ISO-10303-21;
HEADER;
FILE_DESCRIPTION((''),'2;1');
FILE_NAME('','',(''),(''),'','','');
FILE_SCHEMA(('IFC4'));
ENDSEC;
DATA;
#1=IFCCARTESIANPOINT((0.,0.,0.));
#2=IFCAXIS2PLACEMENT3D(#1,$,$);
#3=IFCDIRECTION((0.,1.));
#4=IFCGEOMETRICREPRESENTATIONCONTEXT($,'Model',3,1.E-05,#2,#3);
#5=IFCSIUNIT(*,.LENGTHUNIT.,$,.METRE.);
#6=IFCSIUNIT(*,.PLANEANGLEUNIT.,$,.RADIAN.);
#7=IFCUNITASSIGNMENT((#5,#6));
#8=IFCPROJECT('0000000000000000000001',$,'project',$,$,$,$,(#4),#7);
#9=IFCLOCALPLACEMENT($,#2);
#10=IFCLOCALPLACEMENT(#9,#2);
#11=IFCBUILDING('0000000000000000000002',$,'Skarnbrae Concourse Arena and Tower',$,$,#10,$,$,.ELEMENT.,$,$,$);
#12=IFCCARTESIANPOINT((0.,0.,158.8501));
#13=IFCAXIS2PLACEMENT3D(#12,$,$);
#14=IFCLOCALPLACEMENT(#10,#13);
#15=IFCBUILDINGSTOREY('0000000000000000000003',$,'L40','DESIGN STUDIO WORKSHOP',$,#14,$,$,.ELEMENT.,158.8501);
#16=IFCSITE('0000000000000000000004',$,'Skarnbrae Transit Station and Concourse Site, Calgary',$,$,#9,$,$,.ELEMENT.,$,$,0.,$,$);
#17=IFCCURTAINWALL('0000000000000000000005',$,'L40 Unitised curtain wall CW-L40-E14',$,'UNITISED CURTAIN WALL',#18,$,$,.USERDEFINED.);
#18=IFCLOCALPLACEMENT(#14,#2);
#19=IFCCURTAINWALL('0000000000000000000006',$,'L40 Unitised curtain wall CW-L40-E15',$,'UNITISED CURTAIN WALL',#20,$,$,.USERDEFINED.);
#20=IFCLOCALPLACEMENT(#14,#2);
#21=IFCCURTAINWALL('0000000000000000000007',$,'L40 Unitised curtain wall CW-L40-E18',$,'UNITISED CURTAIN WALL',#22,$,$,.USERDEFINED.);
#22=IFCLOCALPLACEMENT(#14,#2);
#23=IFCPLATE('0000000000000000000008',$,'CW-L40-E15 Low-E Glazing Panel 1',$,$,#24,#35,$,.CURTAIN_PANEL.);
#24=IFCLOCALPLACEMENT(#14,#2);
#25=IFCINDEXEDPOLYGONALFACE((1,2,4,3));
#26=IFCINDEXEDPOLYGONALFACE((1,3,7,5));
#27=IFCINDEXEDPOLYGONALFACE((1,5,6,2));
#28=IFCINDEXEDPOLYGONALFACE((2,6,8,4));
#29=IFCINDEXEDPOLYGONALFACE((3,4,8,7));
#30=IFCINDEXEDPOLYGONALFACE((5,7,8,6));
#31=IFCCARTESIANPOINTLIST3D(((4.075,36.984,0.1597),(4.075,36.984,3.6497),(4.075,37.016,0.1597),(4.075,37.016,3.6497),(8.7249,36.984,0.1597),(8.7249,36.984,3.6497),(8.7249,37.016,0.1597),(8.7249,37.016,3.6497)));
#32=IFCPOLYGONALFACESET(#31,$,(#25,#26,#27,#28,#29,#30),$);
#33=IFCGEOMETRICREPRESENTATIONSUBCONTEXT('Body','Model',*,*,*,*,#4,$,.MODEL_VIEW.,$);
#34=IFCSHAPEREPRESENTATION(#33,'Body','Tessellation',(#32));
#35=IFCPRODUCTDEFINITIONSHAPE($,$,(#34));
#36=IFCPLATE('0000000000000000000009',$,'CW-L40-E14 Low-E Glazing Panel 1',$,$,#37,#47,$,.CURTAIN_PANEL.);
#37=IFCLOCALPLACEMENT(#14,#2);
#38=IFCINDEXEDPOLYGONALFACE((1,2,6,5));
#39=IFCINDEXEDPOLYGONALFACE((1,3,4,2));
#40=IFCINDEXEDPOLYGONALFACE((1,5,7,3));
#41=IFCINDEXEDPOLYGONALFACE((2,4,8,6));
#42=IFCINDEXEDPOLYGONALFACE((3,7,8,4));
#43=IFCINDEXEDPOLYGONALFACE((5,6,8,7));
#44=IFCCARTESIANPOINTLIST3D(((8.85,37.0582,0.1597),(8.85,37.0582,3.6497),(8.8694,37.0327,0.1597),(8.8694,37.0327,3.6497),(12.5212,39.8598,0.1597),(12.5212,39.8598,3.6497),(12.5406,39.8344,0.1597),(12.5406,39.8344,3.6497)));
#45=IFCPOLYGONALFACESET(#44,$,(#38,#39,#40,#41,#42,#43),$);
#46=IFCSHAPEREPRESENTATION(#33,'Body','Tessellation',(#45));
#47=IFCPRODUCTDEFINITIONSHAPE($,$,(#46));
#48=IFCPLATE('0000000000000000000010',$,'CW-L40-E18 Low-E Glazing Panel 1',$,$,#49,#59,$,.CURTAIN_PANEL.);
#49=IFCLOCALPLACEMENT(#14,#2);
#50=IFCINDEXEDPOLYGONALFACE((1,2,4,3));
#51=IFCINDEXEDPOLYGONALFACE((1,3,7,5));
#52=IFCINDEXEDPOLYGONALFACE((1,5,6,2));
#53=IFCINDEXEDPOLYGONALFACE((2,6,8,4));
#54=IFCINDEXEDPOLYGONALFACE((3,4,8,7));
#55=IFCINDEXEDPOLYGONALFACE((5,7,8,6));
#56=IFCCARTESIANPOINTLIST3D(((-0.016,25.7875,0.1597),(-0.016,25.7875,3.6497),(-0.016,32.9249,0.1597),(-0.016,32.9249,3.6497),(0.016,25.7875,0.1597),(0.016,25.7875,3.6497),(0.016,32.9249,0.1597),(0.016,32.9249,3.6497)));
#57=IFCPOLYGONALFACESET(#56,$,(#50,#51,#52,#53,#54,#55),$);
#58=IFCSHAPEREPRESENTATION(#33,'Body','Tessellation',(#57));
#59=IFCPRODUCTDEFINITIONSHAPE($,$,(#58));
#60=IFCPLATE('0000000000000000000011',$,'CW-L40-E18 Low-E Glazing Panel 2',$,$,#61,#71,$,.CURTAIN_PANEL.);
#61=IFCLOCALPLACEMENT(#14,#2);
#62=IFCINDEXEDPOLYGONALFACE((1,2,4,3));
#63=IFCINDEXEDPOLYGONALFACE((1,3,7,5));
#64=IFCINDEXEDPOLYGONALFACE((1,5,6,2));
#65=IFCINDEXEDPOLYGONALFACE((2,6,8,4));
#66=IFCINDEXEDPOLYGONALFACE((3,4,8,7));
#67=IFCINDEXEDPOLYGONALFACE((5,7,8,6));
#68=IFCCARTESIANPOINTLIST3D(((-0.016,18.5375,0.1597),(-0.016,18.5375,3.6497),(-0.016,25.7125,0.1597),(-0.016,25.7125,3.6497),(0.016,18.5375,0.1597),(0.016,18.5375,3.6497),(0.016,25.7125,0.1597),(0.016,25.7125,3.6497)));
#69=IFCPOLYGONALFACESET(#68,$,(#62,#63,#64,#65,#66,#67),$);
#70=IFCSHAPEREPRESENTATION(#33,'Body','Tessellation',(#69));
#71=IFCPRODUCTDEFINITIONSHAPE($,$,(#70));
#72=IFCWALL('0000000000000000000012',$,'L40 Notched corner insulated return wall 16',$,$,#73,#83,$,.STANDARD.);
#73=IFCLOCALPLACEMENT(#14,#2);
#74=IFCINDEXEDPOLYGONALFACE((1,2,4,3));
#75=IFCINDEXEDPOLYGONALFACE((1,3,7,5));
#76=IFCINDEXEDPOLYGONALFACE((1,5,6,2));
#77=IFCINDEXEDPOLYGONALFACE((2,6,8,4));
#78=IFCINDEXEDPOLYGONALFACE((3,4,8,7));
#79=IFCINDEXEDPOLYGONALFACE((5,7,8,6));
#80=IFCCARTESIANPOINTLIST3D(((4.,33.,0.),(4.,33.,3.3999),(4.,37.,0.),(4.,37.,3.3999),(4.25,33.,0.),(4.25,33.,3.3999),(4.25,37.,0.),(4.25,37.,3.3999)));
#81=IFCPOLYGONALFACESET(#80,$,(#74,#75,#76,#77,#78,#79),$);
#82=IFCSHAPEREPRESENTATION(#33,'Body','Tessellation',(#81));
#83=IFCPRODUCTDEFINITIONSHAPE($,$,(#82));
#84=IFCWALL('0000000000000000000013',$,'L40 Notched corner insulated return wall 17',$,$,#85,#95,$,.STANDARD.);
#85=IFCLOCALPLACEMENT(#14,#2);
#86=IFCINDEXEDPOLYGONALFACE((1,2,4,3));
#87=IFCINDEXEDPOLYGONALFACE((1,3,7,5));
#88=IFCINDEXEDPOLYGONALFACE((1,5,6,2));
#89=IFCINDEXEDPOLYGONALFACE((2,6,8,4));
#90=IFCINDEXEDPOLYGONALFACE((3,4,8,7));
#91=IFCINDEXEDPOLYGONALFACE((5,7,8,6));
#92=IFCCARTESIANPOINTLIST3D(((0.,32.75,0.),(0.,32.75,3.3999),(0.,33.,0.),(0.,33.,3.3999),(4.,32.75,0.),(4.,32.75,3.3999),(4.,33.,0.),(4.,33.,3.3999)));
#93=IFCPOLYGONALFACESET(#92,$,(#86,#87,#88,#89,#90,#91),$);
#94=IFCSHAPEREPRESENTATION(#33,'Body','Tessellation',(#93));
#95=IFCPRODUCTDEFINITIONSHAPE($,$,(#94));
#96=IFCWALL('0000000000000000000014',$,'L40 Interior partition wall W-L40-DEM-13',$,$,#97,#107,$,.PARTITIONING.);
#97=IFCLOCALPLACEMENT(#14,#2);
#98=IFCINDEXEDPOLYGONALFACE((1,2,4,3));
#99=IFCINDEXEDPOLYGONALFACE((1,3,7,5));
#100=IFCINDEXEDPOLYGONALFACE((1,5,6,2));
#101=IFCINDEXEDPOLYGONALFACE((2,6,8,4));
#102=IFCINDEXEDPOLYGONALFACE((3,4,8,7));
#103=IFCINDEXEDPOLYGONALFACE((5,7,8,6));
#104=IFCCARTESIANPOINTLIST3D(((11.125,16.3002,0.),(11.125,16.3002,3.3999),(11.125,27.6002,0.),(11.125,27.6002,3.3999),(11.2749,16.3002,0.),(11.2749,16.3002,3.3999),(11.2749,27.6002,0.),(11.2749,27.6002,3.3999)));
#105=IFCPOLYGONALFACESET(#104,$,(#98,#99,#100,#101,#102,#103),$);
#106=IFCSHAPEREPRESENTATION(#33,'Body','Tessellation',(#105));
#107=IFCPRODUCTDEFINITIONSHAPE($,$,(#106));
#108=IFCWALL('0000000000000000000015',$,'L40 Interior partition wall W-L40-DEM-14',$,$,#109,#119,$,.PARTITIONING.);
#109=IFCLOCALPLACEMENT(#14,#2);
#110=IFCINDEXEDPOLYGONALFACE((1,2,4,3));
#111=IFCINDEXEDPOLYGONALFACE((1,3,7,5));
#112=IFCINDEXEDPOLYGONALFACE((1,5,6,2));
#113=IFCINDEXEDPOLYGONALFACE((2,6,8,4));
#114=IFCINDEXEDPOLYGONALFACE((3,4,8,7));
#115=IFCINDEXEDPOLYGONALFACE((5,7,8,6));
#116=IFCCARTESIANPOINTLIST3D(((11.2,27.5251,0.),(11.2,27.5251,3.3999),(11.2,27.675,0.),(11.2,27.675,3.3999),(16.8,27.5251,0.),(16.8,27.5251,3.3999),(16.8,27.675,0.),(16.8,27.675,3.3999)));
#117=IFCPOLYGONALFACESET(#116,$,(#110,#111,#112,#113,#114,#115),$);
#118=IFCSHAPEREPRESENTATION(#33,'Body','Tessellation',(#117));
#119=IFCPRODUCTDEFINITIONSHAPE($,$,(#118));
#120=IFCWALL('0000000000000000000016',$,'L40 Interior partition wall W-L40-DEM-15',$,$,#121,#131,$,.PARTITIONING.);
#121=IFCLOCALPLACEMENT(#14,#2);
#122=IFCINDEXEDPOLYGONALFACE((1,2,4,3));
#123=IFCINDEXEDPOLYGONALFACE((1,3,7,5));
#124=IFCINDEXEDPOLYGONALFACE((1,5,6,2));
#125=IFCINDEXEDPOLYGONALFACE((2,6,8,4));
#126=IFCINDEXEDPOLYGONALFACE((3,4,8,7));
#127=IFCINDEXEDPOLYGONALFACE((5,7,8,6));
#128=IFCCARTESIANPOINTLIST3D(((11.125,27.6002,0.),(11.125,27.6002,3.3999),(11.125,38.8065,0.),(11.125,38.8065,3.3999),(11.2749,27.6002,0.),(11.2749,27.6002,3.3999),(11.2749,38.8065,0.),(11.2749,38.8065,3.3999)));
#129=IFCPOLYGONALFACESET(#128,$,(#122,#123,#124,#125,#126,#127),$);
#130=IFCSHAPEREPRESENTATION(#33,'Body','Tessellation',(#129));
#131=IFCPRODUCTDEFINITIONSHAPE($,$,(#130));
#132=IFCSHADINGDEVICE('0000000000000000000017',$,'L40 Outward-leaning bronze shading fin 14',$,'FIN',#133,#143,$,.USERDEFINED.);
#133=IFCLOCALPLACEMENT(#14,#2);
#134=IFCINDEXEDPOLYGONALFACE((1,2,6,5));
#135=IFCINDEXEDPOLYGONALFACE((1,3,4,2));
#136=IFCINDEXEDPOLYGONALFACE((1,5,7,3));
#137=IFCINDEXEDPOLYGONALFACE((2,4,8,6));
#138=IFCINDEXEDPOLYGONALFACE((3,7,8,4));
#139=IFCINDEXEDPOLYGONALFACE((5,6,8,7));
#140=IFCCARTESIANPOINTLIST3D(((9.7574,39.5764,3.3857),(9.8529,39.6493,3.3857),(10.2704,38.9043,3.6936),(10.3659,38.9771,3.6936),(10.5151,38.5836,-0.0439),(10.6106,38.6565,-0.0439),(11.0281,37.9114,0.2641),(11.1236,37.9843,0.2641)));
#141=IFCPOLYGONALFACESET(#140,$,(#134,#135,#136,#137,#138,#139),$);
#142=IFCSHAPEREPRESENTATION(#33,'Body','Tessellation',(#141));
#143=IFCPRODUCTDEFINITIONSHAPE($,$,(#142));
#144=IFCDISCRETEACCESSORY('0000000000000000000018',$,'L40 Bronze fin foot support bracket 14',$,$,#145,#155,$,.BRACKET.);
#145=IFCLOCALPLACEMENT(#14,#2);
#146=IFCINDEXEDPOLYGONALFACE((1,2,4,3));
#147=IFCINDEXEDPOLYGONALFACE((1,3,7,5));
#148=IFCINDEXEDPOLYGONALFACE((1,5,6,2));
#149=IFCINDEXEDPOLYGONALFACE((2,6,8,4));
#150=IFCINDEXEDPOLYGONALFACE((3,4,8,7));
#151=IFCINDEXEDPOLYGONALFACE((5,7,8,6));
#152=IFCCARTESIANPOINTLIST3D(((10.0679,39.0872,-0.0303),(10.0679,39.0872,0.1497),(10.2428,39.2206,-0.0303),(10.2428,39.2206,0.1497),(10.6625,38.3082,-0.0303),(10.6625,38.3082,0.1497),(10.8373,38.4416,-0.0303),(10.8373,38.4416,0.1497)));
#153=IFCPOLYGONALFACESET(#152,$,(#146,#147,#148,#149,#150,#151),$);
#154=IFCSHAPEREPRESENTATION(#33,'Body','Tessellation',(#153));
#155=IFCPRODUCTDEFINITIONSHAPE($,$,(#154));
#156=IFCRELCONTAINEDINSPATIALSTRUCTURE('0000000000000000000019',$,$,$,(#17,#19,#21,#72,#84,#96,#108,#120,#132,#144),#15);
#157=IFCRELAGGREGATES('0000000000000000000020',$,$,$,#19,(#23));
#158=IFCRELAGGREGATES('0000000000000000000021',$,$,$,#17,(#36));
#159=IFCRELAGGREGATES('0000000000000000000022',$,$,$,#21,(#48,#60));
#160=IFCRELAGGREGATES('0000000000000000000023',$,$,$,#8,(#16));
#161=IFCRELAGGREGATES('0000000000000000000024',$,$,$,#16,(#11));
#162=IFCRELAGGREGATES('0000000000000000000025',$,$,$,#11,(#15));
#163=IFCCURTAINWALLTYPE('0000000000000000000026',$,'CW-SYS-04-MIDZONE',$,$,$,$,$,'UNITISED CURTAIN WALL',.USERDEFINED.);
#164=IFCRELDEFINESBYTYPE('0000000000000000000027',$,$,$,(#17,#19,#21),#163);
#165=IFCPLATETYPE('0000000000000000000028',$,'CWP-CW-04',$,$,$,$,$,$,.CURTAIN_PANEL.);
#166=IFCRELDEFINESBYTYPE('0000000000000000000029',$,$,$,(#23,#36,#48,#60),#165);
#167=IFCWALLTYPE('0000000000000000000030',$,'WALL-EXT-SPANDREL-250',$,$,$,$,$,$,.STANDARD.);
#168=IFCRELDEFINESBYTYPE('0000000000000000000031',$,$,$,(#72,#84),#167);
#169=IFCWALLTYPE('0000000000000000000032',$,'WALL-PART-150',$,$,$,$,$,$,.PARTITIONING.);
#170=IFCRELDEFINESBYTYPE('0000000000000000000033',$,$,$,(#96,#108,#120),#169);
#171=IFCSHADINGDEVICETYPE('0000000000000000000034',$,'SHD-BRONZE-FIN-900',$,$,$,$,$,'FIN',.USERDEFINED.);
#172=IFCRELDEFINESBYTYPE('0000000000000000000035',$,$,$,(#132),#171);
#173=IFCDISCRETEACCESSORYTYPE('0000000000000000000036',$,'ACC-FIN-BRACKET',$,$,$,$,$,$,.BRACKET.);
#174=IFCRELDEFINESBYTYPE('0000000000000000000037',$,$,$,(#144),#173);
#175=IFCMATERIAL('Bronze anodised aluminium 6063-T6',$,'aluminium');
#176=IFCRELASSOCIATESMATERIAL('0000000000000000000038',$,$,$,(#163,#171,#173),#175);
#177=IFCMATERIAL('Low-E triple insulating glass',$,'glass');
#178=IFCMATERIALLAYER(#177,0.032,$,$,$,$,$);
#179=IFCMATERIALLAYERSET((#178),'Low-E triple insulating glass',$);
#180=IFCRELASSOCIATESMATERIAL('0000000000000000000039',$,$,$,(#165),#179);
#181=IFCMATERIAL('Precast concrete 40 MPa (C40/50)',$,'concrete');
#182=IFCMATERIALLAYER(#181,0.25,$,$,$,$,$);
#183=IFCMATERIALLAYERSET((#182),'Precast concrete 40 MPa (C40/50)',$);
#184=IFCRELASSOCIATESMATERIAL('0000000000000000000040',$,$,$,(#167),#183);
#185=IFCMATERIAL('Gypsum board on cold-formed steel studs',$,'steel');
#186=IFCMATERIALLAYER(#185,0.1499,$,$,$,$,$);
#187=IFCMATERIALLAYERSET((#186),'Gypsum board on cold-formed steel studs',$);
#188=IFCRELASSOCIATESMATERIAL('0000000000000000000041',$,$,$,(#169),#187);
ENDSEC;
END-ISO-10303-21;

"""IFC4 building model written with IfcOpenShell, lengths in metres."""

from ifc_helpers import new_model, si_unit, direction, frame, frame_2d, origin, origin_2d, place, context, subcontext, project, spatial, rectangle, extrude, source, transform, mapped, material, layer, layer_set, type_object, element, aggregate, save


model = new_model("IFC4")

# Units and contexts
model_context = context("Model", 3, precision=1e-05, world=origin(), true_north=direction((0.0, 1.0)))
body_context = subcontext(model_context, "Body", "Model", "MODEL_VIEW")
ifc_project = project(units=[si_unit("LENGTHUNIT", "METRE"), si_unit("PLANEANGLEUNIT", "RADIAN")], contexts=[model_context])

# Site, building, storey
site_placement = place(None, origin())
site = spatial("IfcSite", under=ifc_project, at=site_placement, Name="Skarnbrae Transit Station and Concourse Site, Calgary", CompositionType="ELEMENT", RefElevation=0.0)
building_placement = place(site_placement, origin())
building = spatial("IfcBuilding", under=site, at=building_placement, Name="Skarnbrae Concourse Arena and Tower", CompositionType="ELEMENT")
storey_placement = place(building_placement, frame((0.0, 0.0, 158.8501)))
storey = spatial("IfcBuildingStorey", under=building, at=storey_placement, Name="L40", Description="DESIGN STUDIO WORKSHOP", CompositionType="ELEMENT", Elevation=158.8501)

# Shared definitions
ifc_material_1 = material(Name="Bronze anodised aluminium 6063-T6", Category="aluminium")

# Curtain walls
curtain_wall_type_1 = type_object("IfcCurtainWallType", Name="CW-SYS-04-MIDZONE", ElementType="UNITISED CURTAIN WALL", PredefinedType="USERDEFINED", material=ifc_material_1)
curtain_wall_1_placement = place(storey_placement, origin())
curtain_wall_1 = element("IfcCurtainWall", 1, at=curtain_wall_1_placement, inside=storey, type_object=curtain_wall_type_1, Name="L40 Unitised curtain wall CW-L40-E14", ObjectType="UNITISED CURTAIN WALL", PredefinedType="USERDEFINED")
curtain_wall_2_placement = place(storey_placement, origin())
curtain_wall_2 = element("IfcCurtainWall", 2, at=curtain_wall_2_placement, inside=storey, type_object=curtain_wall_type_1, Name="L40 Unitised curtain wall CW-L40-E15", ObjectType="UNITISED CURTAIN WALL", PredefinedType="USERDEFINED")
curtain_wall_3_placement = place(storey_placement, origin())
curtain_wall_3 = element("IfcCurtainWall", 3, at=curtain_wall_3_placement, inside=storey, type_object=curtain_wall_type_1, Name="L40 Unitised curtain wall CW-L40-E18", ObjectType="UNITISED CURTAIN WALL", PredefinedType="USERDEFINED")

# Plates
ifc_material_2 = material(Name="Low-E triple insulating glass", Category="glass")
ifc_layer_1 = layer(ifc_material_2, 0.032)
ifc_layer_set_1 = layer_set([ifc_layer_1], Name="Low-E triple insulating glass")
plate_type = type_object("IfcPlateType", Name="CWP-CW-04", PredefinedType="CURTAIN_PANEL", material=ifc_layer_set_1)
shared_shape_1 = source(origin(), body_context, "Body", "SweptSolid", [
    extrude(rectangle(XDim=4.6499, YDim=0.032, at=origin_2d()), origin(), (0.0, 0.0, 1.0), 3.49),
])
plate_1_placement = place(storey_placement, frame((6.3999, 37.0, 0.1597), z_axis=(0.0, 0.0, 1.0), x_axis=(-1.0, 0.0, 0.0)))
plate_1 = element("IfcPlate", 4, at=plate_1_placement, type_object=plate_type, Name="CW-L40-E15 Low-E Glazing Panel 1", PredefinedType="CURTAIN_PANEL", context=body_context, shape_type="MappedRepresentation", body=[
    mapped(shared_shape_1, transform((0.0, 0.0, 0.0))),
])
aggregate(curtain_wall_2, [plate_1])
shared_shape_2 = source(origin(), body_context, "Body", "SweptSolid", [
    extrude(rectangle(XDim=4.6182, YDim=0.032, at=origin_2d()), origin(), (0.0, 0.0, 1.0), 3.49),
])
plate_2_placement = place(storey_placement, frame((10.6953, 38.4463, 0.1597), z_axis=(0.0, 0.0, 1.0), x_axis=(-0.794956, -0.606667, 0.0)))
plate_2 = element("IfcPlate", 5, at=plate_2_placement, type_object=plate_type, Name="CW-L40-E14 Low-E Glazing Panel 1", PredefinedType="CURTAIN_PANEL", context=body_context, shape_type="MappedRepresentation", body=[
    mapped(shared_shape_2, transform((0.0, 0.0, 0.0))),
])
aggregate(curtain_wall_1, [plate_2])
shared_shape_3 = source(origin(), body_context, "Body", "SweptSolid", [
    extrude(rectangle(XDim=7.1375, YDim=0.032, at=origin_2d()), origin(), (0.0, 0.0, 1.0), 3.49),
])
plate_3_placement = place(storey_placement, frame((0.0, 29.3562, 0.1597), z_axis=(0.0, 0.0, 1.0), x_axis=(0.0, -1.0, 0.0)))
plate_3 = element("IfcPlate", 6, at=plate_3_placement, type_object=plate_type, Name="CW-L40-E18 Low-E Glazing Panel 1", PredefinedType="CURTAIN_PANEL", context=body_context, shape_type="MappedRepresentation", body=[
    mapped(shared_shape_3, transform((0.0, 0.0, 0.0))),
])
shared_shape_4 = source(origin(), body_context, "Body", "SweptSolid", [
    extrude(rectangle(XDim=7.175, YDim=0.032, at=origin_2d()), origin(), (0.0, 0.0, 1.0), 3.49),
])
plate_4_placement = place(storey_placement, frame((0.0, 22.125, 0.1597), z_axis=(0.0, 0.0, 1.0), x_axis=(0.0, -1.0, 0.0)))
plate_4 = element("IfcPlate", 7, at=plate_4_placement, type_object=plate_type, Name="CW-L40-E18 Low-E Glazing Panel 2", PredefinedType="CURTAIN_PANEL", context=body_context, shape_type="MappedRepresentation", body=[
    mapped(shared_shape_4, transform((0.0, 0.0, 0.0))),
])
aggregate(curtain_wall_3, [plate_3, plate_4])

# Walls
ifc_material_3 = material(Name="Precast concrete 40 MPa (C40/50)", Category="concrete")
ifc_layer_2 = layer(ifc_material_3, 0.25)
ifc_layer_set_2 = layer_set([ifc_layer_2], Name="Precast concrete 40 MPa (C40/50)")
wall_type_1 = type_object("IfcWallType", Name="WALL-EXT-SPANDREL-250", PredefinedType="STANDARD", material=ifc_layer_set_2)
shared_shape_5 = source(origin(), body_context, "Body", "SweptSolid", [
    extrude(rectangle(XDim=4.0, YDim=0.25, at=frame_2d((2.0, 0.0))), origin(), (0.0, 0.0, 1.0), 3.3999),
])
for number, where, z_axis, x_axis, name in (
    (8, (4.125, 37.0, 0.0), (0.0, 0.0, 1.0), (0.0, -1.0, 0.0), "L40 Notched corner insulated return wall 16"),
    (9, (4.0, 32.875, 0.0), (0.0, 0.0, 1.0), (-1.0, 0.0, 0.0), "L40 Notched corner insulated return wall 17"),
):
    element("IfcWall", number, at=place(storey_placement, frame(where, z_axis=z_axis, x_axis=x_axis)), inside=storey, type_object=wall_type_1, Name=name, PredefinedType="STANDARD", context=body_context, shape_type="MappedRepresentation", body=[
        mapped(shared_shape_5, transform((0.0, 0.0, 0.0))),
    ])
ifc_material_4 = material(Name="Gypsum board on cold-formed steel studs", Category="steel")
ifc_layer_3 = layer(ifc_material_4, 0.1499)
ifc_layer_set_3 = layer_set([ifc_layer_3], Name="Gypsum board on cold-formed steel studs")
wall_type_2 = type_object("IfcWallType", Name="WALL-PART-150", PredefinedType="PARTITIONING", material=ifc_layer_set_3)
shared_shape_6 = source(origin(), body_context, "Body", "SweptSolid", [
    extrude(rectangle(XDim=11.3, YDim=0.1499, at=frame_2d((5.6499, 0.0))), origin(), (0.0, 0.0, 1.0), 3.3999),
])
wall_1_placement = place(storey_placement, frame((11.2, 27.6001, 0.0), z_axis=(0.0, 0.0, 1.0), x_axis=(0.0, -1.0, 0.0)))
element("IfcWall", 10, at=wall_1_placement, inside=storey, type_object=wall_type_2, Name="L40 Interior partition wall W-L40-DEM-13", PredefinedType="PARTITIONING", context=body_context, shape_type="MappedRepresentation", body=[
    mapped(shared_shape_6, transform((0.0, 0.0, 0.0))),
])
shared_shape_7 = source(origin(), body_context, "Body", "SweptSolid", [
    extrude(rectangle(XDim=5.6001, YDim=0.1499, at=frame_2d((2.8, 0.0))), origin(), (0.0, 0.0, 1.0), 3.3999),
])
wall_2_placement = place(storey_placement, frame((11.2, 27.6001, 0.0), z_axis=(0.0, 0.0, 1.0), x_axis=(1.0, 0.0, 0.0)))
element("IfcWall", 11, at=wall_2_placement, inside=storey, type_object=wall_type_2, Name="L40 Interior partition wall W-L40-DEM-14", PredefinedType="PARTITIONING", context=body_context, shape_type="MappedRepresentation", body=[
    mapped(shared_shape_7, transform((0.0, 0.0, 0.0))),
])
shared_shape_8 = source(origin(), body_context, "Body", "SweptSolid", [
    extrude(rectangle(XDim=11.2063, YDim=0.1499, at=frame_2d((5.603, 0.0))), origin(), (0.0, 0.0, 1.0), 3.3999),
])
wall_3_placement = place(storey_placement, frame((11.2, 38.8064, 0.0), z_axis=(0.0, 0.0, 1.0), x_axis=(0.0, -1.0, 0.0)))
element("IfcWall", 12, at=wall_3_placement, inside=storey, type_object=wall_type_2, Name="L40 Interior partition wall W-L40-DEM-15", PredefinedType="PARTITIONING", context=body_context, shape_type="MappedRepresentation", body=[
    mapped(shared_shape_8, transform((0.0, 0.0, 0.0))),
])

# Shading device
shading_device_type = type_object("IfcShadingDeviceType", Name="SHD-BRONZE-FIN-900", ElementType="FIN", PredefinedType="USERDEFINED", material=ifc_material_1)
shared_shape_9 = source(origin(), body_context, "Body", "SweptSolid", [
    extrude(rectangle(XDim=0.1201, YDim=0.8999, at=origin_2d()), origin(), (0.0, 0.0, 1.0), 3.6499),
])
shading_device_placement = place(storey_placement, frame((10.8193, 38.2839, 0.1101), z_axis=(-0.207592, 0.272021, 0.939633), x_axis=(0.794955, 0.606668, 0.0)))
element("IfcShadingDevice", 13, at=shading_device_placement, inside=storey, type_object=shading_device_type, Name="L40 Outward-leaning bronze shading fin 14", ObjectType="FIN", PredefinedType="USERDEFINED", context=body_context, shape_type="MappedRepresentation", body=[
    mapped(shared_shape_9, transform((0.0, 0.0, 0.0))),
])

# Discrete accessory
discrete_accessory_type = type_object("IfcDiscreteAccessoryType", Name="ACC-FIN-BRACKET", PredefinedType="BRACKET", material=ifc_material_1)
shared_shape_10 = source(origin(), body_context, "Body", "SweptSolid", [
    extrude(rectangle(XDim=0.22, YDim=0.98, at=origin_2d()), origin(), (0.0, 0.0, 1.0), 0.1799),
])
discrete_accessory_placement = place(storey_placement, frame((10.4526, 38.7644, -0.0303), z_axis=(0.0, 0.0, 1.0), x_axis=(0.794955, 0.606668, 0.0)))
element("IfcDiscreteAccessory", 14, at=discrete_accessory_placement, inside=storey, type_object=discrete_accessory_type, Name="L40 Bronze fin foot support bracket 14", PredefinedType="BRACKET", context=body_context, shape_type="MappedRepresentation", body=[
    mapped(shared_shape_10, transform((0.0, 0.0, 0.0))),
])

save(model, "model.ifc")
